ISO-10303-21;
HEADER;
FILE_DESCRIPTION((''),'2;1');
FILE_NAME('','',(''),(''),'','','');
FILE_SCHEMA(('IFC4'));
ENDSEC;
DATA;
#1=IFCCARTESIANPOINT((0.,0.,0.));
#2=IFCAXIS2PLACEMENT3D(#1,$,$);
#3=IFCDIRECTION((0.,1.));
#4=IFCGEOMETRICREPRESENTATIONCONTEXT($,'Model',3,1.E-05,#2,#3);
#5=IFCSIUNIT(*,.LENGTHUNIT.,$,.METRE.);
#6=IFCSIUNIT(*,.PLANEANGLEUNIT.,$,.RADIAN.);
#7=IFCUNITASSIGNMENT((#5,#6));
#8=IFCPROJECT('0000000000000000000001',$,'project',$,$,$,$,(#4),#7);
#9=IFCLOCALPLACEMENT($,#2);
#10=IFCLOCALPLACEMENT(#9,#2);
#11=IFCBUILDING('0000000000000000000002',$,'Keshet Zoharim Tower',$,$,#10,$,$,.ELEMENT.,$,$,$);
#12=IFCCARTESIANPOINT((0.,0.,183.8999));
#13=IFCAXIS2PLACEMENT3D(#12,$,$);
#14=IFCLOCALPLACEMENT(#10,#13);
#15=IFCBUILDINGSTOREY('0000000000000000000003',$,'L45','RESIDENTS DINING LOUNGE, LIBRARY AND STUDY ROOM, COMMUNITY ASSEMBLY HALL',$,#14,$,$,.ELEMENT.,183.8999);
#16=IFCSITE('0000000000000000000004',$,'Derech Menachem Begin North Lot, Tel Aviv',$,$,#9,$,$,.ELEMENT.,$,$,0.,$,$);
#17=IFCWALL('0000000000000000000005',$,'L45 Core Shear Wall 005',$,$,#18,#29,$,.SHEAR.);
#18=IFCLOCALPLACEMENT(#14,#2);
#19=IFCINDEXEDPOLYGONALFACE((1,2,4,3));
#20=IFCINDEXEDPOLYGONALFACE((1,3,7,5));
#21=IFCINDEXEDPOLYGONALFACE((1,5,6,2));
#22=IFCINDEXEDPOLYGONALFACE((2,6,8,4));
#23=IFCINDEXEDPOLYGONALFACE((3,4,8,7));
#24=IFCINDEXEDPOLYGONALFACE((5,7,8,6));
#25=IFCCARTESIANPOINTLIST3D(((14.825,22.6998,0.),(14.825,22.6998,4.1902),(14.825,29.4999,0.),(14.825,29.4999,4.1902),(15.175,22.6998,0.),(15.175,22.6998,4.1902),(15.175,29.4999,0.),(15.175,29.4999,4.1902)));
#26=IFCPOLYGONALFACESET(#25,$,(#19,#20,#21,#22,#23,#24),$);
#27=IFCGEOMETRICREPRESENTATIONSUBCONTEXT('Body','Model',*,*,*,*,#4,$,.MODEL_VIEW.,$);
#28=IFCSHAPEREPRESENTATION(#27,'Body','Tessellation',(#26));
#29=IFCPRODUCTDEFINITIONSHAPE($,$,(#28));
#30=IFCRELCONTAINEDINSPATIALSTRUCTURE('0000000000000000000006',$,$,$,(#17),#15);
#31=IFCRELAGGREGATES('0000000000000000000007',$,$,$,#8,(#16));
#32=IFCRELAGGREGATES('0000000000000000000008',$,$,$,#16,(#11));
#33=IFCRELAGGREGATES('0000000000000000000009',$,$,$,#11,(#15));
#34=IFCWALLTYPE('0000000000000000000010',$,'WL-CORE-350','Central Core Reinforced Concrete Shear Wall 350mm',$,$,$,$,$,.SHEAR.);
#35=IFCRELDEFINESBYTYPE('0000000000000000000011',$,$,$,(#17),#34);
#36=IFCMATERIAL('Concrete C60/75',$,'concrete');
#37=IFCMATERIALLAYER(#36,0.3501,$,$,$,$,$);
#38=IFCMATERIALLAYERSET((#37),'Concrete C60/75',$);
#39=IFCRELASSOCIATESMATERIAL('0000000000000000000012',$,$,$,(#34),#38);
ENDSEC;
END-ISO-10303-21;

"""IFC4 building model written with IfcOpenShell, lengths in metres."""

from ifc_helpers import new_model, si_unit, direction, frame, frame_2d, origin, place, context, subcontext, project, spatial, rectangle, extrude, material, layer, layer_set, type_object, element, save


model = new_model("IFC4")

# Units and contexts
model_context = context("Model", 3, precision=1e-05, world=origin(), true_north=direction((0.0, 1.0)))
body_context = subcontext(model_context, "Body", "Model", "MODEL_VIEW")
ifc_project = project(units=[si_unit("LENGTHUNIT", "METRE"), si_unit("PLANEANGLEUNIT", "RADIAN")], contexts=[model_context])

# Site, building, storey
site_placement = place(None, origin())
site = spatial("IfcSite", under=ifc_project, at=site_placement, Name="Derech Menachem Begin North Lot, Tel Aviv", CompositionType="ELEMENT", RefElevation=0.0)
building_placement = place(site_placement, origin())
building = spatial("IfcBuilding", under=site, at=building_placement, Name="Keshet Zoharim Tower", CompositionType="ELEMENT")
storey_placement = place(building_placement, frame((0.0, 0.0, 183.8999)))
storey = spatial("IfcBuildingStorey", under=building, at=storey_placement, Name="L45", Description="RESIDENTS DINING LOUNGE, LIBRARY AND STUDY ROOM, COMMUNITY ASSEMBLY HALL", CompositionType="ELEMENT", Elevation=183.8999)

# Shared definitions
ifc_material_1 = material(Name="Concrete C60/75", Category="concrete")

# Wall
ifc_layer_1 = layer(ifc_material_1, 0.3501)
ifc_layer_set_1 = layer_set([ifc_layer_1], Name="Concrete C60/75")
wall_type_1 = type_object("IfcWallType", Name="WL-CORE-350", Description="Central Core Reinforced Concrete Shear Wall 350mm", PredefinedType="SHEAR", material=ifc_layer_set_1)
wall_1_placement = place(storey_placement, frame((15.0, 22.7, 0.0), z_axis=(0.0, 0.0, 1.0), x_axis=(0.0, 1.0, 0.0)))
element("IfcWall", 1, at=wall_1_placement, inside=storey, type_object=wall_type_1, Name="L45 Core Shear Wall 005", PredefinedType="SHEAR", context=body_context, shape_type="SweptSolid", body=[
    extrude(rectangle(XDim=6.8, YDim=0.3501, at=frame_2d((3.3999, 0.0))), origin(), (0.0, 0.0, 1.0), 4.1902),
])

save(model, "model.ifc")
